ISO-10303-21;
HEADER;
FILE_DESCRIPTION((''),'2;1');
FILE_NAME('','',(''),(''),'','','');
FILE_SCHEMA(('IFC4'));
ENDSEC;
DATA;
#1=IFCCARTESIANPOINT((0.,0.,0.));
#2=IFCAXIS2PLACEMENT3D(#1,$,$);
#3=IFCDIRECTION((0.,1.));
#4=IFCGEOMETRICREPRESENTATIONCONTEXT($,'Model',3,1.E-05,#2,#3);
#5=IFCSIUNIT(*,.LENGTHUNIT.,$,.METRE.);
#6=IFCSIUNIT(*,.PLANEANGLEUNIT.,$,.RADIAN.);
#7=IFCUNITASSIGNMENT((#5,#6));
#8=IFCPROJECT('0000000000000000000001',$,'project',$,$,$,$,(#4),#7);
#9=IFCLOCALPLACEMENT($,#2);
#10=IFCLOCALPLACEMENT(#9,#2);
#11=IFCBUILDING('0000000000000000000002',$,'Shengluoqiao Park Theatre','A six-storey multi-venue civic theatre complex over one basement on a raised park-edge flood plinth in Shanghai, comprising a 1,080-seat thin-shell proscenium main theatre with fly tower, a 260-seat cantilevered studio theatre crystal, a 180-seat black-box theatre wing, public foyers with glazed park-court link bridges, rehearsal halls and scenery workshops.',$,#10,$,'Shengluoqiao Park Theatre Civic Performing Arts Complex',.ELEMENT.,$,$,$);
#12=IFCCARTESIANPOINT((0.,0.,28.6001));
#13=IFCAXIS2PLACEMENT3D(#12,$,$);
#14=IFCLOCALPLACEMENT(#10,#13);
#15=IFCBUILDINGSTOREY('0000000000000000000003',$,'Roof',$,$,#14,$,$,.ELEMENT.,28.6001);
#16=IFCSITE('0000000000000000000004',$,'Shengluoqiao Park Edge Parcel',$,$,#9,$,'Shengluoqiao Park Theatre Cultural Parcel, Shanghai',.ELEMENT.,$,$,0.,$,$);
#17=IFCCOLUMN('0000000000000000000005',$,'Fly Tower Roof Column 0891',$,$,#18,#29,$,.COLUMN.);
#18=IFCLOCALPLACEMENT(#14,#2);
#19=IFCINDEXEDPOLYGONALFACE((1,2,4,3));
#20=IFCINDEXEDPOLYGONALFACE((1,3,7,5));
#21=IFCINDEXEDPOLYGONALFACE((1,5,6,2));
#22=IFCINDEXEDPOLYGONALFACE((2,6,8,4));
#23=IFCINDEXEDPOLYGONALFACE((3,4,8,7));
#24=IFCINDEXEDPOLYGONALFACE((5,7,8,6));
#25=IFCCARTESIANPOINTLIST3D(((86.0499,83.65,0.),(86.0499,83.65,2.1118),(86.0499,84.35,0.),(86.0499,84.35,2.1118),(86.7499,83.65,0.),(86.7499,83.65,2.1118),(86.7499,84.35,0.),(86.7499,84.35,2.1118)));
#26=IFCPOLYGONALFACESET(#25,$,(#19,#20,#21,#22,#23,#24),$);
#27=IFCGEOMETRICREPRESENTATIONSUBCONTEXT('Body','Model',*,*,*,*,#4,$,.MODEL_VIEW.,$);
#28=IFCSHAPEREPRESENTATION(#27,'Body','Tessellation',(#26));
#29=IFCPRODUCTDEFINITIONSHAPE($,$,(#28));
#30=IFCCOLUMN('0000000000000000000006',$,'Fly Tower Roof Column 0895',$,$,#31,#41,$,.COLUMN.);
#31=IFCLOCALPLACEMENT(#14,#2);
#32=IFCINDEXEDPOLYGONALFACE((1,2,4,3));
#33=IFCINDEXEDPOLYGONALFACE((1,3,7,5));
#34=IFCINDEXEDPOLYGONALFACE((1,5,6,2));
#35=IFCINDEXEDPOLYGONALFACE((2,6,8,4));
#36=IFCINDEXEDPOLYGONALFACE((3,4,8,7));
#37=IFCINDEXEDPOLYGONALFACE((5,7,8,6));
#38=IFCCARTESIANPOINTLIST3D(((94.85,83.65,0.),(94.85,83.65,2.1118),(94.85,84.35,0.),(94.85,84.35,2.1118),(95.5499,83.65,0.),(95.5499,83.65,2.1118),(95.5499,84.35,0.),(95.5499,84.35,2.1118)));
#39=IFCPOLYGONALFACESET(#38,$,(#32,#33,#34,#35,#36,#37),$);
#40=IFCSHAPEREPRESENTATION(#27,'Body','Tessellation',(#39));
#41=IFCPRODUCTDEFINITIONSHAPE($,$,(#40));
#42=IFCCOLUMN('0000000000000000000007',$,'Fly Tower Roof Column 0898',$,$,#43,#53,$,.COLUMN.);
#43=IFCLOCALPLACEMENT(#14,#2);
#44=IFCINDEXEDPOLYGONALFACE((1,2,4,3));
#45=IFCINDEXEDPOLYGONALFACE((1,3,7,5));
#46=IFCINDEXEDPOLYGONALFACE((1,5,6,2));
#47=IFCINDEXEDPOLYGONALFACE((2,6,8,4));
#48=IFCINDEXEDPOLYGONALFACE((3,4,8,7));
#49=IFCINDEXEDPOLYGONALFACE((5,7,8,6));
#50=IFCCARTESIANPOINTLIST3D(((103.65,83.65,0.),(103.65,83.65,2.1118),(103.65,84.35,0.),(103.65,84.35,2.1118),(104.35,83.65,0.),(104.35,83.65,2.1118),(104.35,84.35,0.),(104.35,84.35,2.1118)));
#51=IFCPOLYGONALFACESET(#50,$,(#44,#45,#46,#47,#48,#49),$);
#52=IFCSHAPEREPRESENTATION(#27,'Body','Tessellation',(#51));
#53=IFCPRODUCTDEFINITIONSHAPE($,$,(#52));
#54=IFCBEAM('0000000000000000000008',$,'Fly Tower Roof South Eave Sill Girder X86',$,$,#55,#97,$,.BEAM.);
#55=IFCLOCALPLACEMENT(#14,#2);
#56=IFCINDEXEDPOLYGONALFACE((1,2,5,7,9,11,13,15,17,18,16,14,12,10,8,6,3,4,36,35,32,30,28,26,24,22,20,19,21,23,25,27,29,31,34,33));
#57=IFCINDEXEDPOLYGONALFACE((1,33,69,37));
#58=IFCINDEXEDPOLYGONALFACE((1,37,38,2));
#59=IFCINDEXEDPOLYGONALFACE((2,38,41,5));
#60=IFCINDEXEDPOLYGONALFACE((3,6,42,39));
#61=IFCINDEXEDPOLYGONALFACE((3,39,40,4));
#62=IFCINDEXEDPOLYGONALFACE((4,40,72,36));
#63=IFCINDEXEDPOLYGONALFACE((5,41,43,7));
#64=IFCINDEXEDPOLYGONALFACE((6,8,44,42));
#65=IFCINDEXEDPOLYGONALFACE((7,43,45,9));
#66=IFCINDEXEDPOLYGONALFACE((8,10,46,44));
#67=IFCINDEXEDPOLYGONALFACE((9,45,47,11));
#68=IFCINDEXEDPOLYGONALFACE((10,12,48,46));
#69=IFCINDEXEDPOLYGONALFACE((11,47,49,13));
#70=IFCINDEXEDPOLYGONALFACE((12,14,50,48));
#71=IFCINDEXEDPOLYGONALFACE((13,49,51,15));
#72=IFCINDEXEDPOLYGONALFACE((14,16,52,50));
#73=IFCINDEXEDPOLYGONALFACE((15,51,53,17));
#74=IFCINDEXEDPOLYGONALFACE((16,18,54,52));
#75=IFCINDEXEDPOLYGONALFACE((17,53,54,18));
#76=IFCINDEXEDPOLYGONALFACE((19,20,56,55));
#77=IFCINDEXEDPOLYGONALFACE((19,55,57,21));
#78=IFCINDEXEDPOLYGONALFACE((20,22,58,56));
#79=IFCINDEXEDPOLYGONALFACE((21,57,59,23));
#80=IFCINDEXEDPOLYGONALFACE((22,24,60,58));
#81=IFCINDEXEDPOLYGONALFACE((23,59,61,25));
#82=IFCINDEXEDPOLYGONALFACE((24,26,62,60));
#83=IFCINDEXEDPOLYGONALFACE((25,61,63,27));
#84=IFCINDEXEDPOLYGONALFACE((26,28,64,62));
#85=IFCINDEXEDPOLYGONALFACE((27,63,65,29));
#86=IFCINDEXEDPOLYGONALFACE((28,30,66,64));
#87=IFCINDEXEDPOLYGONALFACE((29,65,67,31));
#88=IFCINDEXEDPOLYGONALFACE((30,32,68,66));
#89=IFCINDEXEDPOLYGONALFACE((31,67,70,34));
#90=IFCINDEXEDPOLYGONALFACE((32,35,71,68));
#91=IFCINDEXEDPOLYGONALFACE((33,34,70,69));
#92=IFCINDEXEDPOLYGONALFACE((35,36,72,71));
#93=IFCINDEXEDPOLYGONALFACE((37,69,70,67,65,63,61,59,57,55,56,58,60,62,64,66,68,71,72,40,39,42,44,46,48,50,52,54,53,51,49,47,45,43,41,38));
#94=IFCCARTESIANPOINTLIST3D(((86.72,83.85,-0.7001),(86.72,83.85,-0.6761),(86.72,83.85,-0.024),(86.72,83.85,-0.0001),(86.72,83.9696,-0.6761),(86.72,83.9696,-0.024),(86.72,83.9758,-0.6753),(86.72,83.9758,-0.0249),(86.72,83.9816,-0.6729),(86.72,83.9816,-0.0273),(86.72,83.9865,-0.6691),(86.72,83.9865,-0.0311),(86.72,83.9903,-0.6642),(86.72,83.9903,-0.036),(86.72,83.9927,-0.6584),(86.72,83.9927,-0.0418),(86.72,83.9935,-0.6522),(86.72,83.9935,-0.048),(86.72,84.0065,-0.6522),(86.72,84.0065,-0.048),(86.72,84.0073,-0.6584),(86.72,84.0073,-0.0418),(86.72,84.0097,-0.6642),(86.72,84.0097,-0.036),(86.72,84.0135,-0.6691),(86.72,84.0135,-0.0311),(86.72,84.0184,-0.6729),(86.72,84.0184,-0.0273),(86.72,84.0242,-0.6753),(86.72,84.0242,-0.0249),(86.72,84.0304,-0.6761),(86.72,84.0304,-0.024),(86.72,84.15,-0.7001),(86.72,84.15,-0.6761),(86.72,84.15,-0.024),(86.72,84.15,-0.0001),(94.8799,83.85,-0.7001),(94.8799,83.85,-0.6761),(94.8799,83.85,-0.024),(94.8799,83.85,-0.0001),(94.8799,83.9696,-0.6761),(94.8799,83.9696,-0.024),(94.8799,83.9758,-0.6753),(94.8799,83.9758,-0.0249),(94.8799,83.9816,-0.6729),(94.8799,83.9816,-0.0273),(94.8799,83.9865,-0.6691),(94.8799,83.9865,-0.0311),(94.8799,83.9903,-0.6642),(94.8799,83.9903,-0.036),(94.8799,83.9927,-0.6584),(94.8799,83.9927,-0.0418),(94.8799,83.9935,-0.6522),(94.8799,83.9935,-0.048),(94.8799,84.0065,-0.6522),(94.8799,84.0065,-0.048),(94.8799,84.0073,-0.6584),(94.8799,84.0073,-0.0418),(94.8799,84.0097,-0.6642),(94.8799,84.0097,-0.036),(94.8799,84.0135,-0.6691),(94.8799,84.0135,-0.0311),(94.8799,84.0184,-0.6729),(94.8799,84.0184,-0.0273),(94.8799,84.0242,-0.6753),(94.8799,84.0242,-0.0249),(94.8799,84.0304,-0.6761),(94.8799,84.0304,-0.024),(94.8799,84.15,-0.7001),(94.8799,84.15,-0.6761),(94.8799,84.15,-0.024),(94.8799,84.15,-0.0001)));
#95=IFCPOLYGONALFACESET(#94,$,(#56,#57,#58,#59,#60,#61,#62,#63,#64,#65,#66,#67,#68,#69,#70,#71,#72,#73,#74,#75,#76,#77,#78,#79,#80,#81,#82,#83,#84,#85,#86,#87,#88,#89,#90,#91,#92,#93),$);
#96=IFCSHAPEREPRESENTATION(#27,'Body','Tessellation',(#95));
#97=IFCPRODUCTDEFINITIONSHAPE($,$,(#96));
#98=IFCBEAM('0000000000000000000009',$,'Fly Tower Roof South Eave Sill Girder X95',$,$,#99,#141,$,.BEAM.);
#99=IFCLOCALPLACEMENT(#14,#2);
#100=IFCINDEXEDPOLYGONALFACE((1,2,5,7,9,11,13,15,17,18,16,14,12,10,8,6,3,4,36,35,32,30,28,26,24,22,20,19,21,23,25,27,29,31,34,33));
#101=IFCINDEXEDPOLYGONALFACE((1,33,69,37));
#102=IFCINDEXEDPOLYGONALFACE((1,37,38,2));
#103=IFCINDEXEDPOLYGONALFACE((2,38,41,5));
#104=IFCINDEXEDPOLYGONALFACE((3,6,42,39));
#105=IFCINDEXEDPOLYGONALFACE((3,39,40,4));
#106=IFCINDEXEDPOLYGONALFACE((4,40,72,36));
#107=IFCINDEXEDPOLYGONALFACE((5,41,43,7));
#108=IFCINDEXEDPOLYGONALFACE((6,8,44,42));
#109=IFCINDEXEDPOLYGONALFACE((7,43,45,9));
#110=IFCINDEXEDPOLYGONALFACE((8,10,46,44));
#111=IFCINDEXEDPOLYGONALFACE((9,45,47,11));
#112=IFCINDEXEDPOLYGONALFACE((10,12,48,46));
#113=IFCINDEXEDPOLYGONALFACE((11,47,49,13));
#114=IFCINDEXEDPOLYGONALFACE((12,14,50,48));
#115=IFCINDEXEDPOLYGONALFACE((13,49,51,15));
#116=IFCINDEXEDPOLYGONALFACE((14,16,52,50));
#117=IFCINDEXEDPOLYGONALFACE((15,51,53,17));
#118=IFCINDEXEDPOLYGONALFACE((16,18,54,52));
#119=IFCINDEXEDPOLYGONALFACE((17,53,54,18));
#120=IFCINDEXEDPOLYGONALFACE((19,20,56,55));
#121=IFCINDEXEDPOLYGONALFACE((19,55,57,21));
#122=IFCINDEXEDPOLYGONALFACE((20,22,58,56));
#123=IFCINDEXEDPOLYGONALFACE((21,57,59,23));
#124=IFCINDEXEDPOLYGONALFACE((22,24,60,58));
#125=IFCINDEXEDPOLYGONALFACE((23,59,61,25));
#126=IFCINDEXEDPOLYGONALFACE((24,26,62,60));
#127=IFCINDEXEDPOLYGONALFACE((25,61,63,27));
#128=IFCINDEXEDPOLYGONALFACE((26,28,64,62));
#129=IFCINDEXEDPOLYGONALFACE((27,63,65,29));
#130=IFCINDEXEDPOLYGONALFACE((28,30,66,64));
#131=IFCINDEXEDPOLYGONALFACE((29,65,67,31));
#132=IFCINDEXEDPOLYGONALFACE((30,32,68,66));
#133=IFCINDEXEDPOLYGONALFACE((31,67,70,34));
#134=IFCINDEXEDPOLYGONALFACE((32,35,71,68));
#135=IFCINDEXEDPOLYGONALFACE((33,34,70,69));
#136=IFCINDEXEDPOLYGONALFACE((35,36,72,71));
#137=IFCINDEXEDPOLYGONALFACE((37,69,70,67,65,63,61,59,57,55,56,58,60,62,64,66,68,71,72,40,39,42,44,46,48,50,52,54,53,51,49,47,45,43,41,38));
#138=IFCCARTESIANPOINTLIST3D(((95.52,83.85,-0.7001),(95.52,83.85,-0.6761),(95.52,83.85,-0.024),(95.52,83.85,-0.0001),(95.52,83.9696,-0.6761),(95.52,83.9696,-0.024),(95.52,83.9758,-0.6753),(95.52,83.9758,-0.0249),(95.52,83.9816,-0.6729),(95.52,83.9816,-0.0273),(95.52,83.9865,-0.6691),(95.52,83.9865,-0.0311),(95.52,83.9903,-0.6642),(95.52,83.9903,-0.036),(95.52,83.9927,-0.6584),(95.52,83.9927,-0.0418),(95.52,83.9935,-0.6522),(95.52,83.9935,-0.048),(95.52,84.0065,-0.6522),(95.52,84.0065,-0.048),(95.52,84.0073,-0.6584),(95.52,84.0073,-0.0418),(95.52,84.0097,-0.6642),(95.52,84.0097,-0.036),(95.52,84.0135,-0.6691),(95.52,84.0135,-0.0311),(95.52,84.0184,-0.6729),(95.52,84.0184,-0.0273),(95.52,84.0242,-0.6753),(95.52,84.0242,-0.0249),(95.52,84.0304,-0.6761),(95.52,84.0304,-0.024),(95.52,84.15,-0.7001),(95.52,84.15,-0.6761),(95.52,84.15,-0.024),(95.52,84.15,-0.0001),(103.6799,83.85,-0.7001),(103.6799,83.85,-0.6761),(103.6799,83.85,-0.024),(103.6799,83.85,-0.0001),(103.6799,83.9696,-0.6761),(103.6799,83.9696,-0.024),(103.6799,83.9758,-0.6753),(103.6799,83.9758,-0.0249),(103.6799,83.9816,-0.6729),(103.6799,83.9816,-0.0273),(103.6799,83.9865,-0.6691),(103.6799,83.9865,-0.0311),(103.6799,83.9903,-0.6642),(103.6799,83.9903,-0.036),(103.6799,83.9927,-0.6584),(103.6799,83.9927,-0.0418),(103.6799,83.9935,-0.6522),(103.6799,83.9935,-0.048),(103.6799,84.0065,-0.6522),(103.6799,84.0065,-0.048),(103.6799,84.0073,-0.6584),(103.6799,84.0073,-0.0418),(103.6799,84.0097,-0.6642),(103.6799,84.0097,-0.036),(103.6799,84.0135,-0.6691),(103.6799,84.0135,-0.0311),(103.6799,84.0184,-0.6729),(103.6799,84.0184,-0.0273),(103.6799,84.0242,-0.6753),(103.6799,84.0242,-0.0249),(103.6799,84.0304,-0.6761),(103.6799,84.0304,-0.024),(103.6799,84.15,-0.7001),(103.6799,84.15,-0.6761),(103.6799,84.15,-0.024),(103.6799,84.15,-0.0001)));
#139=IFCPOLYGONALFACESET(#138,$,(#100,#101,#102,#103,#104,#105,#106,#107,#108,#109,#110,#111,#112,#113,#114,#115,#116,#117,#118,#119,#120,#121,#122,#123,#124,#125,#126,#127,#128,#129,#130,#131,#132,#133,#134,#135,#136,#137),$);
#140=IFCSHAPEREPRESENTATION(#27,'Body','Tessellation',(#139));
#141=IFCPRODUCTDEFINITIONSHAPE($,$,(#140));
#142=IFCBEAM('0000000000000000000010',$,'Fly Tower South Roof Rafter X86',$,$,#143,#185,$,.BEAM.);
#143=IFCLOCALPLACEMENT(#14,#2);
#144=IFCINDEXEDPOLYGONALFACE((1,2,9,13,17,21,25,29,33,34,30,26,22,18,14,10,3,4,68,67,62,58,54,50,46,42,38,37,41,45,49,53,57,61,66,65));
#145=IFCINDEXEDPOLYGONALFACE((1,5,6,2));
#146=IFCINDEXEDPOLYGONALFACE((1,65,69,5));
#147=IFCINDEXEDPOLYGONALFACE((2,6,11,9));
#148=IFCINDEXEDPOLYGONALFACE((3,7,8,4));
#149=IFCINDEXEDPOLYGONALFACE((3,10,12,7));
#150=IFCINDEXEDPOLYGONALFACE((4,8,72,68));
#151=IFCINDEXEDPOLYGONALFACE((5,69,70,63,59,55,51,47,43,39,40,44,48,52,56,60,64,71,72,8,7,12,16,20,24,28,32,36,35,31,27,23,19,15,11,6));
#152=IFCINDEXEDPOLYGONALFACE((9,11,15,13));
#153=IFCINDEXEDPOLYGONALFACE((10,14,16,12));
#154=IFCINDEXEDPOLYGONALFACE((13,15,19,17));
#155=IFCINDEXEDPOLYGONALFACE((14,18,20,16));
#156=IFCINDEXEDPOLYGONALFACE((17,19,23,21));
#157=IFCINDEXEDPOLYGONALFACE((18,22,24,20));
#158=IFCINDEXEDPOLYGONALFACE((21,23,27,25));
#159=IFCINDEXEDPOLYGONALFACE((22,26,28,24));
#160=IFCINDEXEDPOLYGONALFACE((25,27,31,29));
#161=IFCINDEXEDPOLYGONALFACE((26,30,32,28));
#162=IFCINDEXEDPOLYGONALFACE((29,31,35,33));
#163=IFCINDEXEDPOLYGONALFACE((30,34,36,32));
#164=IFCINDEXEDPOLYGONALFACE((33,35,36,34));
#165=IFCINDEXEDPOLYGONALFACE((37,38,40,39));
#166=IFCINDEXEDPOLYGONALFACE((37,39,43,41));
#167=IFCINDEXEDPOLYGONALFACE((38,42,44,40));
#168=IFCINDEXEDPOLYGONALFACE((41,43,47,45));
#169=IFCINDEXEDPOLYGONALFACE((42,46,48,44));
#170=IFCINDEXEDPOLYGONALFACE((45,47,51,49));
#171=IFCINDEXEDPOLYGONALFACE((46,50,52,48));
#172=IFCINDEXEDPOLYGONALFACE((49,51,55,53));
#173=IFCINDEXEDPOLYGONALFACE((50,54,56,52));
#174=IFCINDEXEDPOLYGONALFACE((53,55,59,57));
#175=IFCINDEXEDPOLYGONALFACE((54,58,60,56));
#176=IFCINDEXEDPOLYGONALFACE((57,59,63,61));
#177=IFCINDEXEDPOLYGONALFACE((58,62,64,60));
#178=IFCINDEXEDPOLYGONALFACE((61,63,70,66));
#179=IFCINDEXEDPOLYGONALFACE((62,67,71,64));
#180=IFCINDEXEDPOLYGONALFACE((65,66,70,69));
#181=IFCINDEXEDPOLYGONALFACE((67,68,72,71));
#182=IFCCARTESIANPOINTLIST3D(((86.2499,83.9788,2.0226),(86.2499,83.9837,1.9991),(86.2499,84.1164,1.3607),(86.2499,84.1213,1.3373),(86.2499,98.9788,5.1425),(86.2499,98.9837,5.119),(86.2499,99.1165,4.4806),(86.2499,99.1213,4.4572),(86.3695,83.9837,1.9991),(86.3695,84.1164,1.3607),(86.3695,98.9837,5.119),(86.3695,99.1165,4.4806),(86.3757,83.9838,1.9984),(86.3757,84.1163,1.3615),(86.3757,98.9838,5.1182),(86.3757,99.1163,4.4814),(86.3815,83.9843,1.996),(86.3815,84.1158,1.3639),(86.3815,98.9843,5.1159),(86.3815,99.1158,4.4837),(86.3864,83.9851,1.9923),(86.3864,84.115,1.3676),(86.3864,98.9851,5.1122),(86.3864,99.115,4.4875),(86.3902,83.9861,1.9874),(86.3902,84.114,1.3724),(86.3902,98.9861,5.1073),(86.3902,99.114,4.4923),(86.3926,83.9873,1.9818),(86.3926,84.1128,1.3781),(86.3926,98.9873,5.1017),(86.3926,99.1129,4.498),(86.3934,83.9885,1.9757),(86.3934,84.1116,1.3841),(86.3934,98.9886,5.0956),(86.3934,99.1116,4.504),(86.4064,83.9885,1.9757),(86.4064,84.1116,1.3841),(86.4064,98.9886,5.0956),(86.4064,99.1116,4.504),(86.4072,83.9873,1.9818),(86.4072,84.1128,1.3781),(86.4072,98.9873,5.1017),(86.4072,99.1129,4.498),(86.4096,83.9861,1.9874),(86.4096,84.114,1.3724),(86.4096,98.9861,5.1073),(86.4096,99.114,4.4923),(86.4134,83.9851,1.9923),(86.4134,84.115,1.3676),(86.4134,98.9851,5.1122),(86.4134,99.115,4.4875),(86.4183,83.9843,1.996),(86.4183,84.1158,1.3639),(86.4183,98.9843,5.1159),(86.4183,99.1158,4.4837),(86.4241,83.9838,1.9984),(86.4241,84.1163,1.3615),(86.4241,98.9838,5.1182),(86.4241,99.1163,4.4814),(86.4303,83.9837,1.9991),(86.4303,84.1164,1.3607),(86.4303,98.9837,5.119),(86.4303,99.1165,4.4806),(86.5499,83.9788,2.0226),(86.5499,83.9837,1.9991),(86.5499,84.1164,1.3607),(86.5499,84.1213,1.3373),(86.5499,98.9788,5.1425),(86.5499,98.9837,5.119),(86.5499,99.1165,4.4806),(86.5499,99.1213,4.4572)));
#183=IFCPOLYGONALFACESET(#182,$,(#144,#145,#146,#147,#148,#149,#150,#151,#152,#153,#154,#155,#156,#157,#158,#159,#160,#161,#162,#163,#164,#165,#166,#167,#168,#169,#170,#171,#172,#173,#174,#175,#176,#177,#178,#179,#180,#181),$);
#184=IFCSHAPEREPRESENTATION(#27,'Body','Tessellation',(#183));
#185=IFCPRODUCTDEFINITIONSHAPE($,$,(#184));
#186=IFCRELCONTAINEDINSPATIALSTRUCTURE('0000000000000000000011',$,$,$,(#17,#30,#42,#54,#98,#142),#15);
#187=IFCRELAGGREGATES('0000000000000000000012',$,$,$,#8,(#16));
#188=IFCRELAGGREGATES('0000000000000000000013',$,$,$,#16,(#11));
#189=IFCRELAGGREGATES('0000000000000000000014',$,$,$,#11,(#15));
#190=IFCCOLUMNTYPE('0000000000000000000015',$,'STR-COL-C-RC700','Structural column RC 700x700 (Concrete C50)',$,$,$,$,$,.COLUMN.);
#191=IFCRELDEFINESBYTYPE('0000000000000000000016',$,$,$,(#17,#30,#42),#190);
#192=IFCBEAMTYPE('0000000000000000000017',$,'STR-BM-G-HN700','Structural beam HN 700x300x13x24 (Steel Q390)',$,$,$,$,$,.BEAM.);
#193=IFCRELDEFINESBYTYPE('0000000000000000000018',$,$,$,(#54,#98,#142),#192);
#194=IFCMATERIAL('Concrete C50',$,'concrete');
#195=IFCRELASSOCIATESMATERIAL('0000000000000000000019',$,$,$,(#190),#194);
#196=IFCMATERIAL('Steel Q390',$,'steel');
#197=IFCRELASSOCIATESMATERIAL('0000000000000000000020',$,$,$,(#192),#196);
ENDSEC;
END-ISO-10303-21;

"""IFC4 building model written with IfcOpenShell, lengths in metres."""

from ifc_helpers import new_model, si_unit, direction, frame, origin, origin_2d, place, context, subcontext, project, spatial, rectangle, i_section, extrude, material, material_profile, profile_set, type_object, element, save


model = new_model("IFC4")

# Units and contexts
model_context = context("Model", 3, precision=1e-05, world=origin(), true_north=direction((0.0, 1.0)))
body_context = subcontext(model_context, "Body", "Model", "MODEL_VIEW")
ifc_project = project(units=[si_unit("LENGTHUNIT", "METRE"), si_unit("PLANEANGLEUNIT", "RADIAN")], contexts=[model_context])

# Site, building, storey
site_placement = place(None, origin())
site = spatial("IfcSite", under=ifc_project, at=site_placement, Name="Shengluoqiao Park Edge Parcel", LongName="Shengluoqiao Park Theatre Cultural Parcel, Shanghai", CompositionType="ELEMENT", RefElevation=0.0)
building_placement = place(site_placement, origin())
building = spatial("IfcBuilding", under=site, at=building_placement, Name="Shengluoqiao Park Theatre", Description="A six-storey multi-venue civic theatre complex over one basement on a raised park-edge flood plinth in Shanghai, comprising a 1,080-seat thin-shell proscenium main theatre with fly tower, a 260-seat cantilevered studio theatre crystal, a 180-seat black-box theatre wing, public foyers with glazed park-court link bridges, rehearsal halls and scenery workshops.", LongName="Shengluoqiao Park Theatre Civic Performing Arts Complex", CompositionType="ELEMENT")
storey_placement = place(building_placement, frame((0.0, 0.0, 28.6001)))
storey = spatial("IfcBuildingStorey", under=building, at=storey_placement, Name="Roof", CompositionType="ELEMENT", Elevation=28.6001)

# Columns
ifc_material_1 = material(Name="Concrete C50", Category="concrete")
ifc_material_profile_1 = material_profile(ifc_material_1, rectangle(XDim=0.7, YDim=0.7, at=origin_2d()), Name="RC 700x700")
ifc_profile_set_1 = profile_set([ifc_material_profile_1], Name="Concrete C50")
column_type = type_object("IfcColumnType", Name="STR-COL-C-RC700", Description="Structural column RC 700x700 (Concrete C50)", PredefinedType="COLUMN", material=ifc_profile_set_1)
for number, where, z_axis, x_axis, name in (
    (1, (86.3999, 84.0, 0.0), (0.0, 0.0, 1.0), (1.0, 0.0, 0.0), "Fly Tower Roof Column 0891"),
    (2, (95.2, 84.0, 0.0), (0.0, 0.0, 1.0), (1.0, 0.0, 0.0), "Fly Tower Roof Column 0895"),
    (3, (104.0, 84.0, 0.0), (0.0, 0.0, 1.0), (1.0, 0.0, 0.0), "Fly Tower Roof Column 0898"),
):
    element("IfcColumn", number, at=place(storey_placement, frame(where, z_axis=z_axis, x_axis=x_axis)), inside=storey, type_object=column_type, Name=name, PredefinedType="COLUMN", context=body_context, shape_type="SweptSolid", body=[
        extrude(rectangle(XDim=0.7, YDim=0.7, at=origin_2d()), origin(), (0.0, 0.0, 1.0), 2.1118),
    ])

# Beams
ifc_material_2 = material(Name="Steel Q390", Category="steel")
ifc_material_profile_2 = material_profile(ifc_material_2, i_section(OverallWidth=0.3, OverallDepth=0.7, WebThickness=0.0129, FlangeThickness=0.0239, FilletRadius=0.0239, at=origin_2d()), Name="HN 700x300x13x24")
ifc_profile_set_2 = profile_set([ifc_material_profile_2], Name="Steel Q390")
beam_type_1 = type_object("IfcBeamType", Name="STR-BM-G-HN700", Description="Structural beam HN 700x300x13x24 (Steel Q390)", PredefinedType="BEAM", material=ifc_profile_set_2)
for number, where, z_axis, x_axis, name in (
    (4, (86.72, 84.0, -0.3501), (1.0, 0.0, 0.0), (0.0, 1.0, 0.0), "Fly Tower Roof South Eave Sill Girder X86"),
    (5, (95.52, 84.0, -0.3501), (1.0, 0.0, 0.0), (0.0, 1.0, 0.0), "Fly Tower Roof South Eave Sill Girder X95"),
):
    element("IfcBeam", number, at=place(storey_placement, frame(where, z_axis=z_axis, x_axis=x_axis)), inside=storey, type_object=beam_type_1, Name=name, PredefinedType="BEAM", context=body_context, shape_type="SweptSolid", body=[
        extrude(i_section(OverallWidth=0.3, OverallDepth=0.7, WebThickness=0.0129, FlangeThickness=0.0239, FilletRadius=0.0239, at=origin_2d()), origin(), (0.0, 0.0, 1.0), 8.1599),
    ])
beam_1_placement = place(storey_placement, frame((86.3999, 84.05, 1.6799), z_axis=(0.0, 0.979047, 0.203634), x_axis=(-1.0, 0.0, 0.0)))
element("IfcBeam", 6, at=beam_1_placement, inside=storey, type_object=beam_type_1, Name="Fly Tower South Roof Rafter X86", PredefinedType="BEAM", context=body_context, shape_type="SweptSolid", body=[
    extrude(i_section(OverallWidth=0.3, OverallDepth=0.7, WebThickness=0.0129, FlangeThickness=0.0239, FilletRadius=0.0239, at=origin_2d()), origin(), (0.0, 0.0, 1.0), 15.321),
])

save(model, "model.ifc")
